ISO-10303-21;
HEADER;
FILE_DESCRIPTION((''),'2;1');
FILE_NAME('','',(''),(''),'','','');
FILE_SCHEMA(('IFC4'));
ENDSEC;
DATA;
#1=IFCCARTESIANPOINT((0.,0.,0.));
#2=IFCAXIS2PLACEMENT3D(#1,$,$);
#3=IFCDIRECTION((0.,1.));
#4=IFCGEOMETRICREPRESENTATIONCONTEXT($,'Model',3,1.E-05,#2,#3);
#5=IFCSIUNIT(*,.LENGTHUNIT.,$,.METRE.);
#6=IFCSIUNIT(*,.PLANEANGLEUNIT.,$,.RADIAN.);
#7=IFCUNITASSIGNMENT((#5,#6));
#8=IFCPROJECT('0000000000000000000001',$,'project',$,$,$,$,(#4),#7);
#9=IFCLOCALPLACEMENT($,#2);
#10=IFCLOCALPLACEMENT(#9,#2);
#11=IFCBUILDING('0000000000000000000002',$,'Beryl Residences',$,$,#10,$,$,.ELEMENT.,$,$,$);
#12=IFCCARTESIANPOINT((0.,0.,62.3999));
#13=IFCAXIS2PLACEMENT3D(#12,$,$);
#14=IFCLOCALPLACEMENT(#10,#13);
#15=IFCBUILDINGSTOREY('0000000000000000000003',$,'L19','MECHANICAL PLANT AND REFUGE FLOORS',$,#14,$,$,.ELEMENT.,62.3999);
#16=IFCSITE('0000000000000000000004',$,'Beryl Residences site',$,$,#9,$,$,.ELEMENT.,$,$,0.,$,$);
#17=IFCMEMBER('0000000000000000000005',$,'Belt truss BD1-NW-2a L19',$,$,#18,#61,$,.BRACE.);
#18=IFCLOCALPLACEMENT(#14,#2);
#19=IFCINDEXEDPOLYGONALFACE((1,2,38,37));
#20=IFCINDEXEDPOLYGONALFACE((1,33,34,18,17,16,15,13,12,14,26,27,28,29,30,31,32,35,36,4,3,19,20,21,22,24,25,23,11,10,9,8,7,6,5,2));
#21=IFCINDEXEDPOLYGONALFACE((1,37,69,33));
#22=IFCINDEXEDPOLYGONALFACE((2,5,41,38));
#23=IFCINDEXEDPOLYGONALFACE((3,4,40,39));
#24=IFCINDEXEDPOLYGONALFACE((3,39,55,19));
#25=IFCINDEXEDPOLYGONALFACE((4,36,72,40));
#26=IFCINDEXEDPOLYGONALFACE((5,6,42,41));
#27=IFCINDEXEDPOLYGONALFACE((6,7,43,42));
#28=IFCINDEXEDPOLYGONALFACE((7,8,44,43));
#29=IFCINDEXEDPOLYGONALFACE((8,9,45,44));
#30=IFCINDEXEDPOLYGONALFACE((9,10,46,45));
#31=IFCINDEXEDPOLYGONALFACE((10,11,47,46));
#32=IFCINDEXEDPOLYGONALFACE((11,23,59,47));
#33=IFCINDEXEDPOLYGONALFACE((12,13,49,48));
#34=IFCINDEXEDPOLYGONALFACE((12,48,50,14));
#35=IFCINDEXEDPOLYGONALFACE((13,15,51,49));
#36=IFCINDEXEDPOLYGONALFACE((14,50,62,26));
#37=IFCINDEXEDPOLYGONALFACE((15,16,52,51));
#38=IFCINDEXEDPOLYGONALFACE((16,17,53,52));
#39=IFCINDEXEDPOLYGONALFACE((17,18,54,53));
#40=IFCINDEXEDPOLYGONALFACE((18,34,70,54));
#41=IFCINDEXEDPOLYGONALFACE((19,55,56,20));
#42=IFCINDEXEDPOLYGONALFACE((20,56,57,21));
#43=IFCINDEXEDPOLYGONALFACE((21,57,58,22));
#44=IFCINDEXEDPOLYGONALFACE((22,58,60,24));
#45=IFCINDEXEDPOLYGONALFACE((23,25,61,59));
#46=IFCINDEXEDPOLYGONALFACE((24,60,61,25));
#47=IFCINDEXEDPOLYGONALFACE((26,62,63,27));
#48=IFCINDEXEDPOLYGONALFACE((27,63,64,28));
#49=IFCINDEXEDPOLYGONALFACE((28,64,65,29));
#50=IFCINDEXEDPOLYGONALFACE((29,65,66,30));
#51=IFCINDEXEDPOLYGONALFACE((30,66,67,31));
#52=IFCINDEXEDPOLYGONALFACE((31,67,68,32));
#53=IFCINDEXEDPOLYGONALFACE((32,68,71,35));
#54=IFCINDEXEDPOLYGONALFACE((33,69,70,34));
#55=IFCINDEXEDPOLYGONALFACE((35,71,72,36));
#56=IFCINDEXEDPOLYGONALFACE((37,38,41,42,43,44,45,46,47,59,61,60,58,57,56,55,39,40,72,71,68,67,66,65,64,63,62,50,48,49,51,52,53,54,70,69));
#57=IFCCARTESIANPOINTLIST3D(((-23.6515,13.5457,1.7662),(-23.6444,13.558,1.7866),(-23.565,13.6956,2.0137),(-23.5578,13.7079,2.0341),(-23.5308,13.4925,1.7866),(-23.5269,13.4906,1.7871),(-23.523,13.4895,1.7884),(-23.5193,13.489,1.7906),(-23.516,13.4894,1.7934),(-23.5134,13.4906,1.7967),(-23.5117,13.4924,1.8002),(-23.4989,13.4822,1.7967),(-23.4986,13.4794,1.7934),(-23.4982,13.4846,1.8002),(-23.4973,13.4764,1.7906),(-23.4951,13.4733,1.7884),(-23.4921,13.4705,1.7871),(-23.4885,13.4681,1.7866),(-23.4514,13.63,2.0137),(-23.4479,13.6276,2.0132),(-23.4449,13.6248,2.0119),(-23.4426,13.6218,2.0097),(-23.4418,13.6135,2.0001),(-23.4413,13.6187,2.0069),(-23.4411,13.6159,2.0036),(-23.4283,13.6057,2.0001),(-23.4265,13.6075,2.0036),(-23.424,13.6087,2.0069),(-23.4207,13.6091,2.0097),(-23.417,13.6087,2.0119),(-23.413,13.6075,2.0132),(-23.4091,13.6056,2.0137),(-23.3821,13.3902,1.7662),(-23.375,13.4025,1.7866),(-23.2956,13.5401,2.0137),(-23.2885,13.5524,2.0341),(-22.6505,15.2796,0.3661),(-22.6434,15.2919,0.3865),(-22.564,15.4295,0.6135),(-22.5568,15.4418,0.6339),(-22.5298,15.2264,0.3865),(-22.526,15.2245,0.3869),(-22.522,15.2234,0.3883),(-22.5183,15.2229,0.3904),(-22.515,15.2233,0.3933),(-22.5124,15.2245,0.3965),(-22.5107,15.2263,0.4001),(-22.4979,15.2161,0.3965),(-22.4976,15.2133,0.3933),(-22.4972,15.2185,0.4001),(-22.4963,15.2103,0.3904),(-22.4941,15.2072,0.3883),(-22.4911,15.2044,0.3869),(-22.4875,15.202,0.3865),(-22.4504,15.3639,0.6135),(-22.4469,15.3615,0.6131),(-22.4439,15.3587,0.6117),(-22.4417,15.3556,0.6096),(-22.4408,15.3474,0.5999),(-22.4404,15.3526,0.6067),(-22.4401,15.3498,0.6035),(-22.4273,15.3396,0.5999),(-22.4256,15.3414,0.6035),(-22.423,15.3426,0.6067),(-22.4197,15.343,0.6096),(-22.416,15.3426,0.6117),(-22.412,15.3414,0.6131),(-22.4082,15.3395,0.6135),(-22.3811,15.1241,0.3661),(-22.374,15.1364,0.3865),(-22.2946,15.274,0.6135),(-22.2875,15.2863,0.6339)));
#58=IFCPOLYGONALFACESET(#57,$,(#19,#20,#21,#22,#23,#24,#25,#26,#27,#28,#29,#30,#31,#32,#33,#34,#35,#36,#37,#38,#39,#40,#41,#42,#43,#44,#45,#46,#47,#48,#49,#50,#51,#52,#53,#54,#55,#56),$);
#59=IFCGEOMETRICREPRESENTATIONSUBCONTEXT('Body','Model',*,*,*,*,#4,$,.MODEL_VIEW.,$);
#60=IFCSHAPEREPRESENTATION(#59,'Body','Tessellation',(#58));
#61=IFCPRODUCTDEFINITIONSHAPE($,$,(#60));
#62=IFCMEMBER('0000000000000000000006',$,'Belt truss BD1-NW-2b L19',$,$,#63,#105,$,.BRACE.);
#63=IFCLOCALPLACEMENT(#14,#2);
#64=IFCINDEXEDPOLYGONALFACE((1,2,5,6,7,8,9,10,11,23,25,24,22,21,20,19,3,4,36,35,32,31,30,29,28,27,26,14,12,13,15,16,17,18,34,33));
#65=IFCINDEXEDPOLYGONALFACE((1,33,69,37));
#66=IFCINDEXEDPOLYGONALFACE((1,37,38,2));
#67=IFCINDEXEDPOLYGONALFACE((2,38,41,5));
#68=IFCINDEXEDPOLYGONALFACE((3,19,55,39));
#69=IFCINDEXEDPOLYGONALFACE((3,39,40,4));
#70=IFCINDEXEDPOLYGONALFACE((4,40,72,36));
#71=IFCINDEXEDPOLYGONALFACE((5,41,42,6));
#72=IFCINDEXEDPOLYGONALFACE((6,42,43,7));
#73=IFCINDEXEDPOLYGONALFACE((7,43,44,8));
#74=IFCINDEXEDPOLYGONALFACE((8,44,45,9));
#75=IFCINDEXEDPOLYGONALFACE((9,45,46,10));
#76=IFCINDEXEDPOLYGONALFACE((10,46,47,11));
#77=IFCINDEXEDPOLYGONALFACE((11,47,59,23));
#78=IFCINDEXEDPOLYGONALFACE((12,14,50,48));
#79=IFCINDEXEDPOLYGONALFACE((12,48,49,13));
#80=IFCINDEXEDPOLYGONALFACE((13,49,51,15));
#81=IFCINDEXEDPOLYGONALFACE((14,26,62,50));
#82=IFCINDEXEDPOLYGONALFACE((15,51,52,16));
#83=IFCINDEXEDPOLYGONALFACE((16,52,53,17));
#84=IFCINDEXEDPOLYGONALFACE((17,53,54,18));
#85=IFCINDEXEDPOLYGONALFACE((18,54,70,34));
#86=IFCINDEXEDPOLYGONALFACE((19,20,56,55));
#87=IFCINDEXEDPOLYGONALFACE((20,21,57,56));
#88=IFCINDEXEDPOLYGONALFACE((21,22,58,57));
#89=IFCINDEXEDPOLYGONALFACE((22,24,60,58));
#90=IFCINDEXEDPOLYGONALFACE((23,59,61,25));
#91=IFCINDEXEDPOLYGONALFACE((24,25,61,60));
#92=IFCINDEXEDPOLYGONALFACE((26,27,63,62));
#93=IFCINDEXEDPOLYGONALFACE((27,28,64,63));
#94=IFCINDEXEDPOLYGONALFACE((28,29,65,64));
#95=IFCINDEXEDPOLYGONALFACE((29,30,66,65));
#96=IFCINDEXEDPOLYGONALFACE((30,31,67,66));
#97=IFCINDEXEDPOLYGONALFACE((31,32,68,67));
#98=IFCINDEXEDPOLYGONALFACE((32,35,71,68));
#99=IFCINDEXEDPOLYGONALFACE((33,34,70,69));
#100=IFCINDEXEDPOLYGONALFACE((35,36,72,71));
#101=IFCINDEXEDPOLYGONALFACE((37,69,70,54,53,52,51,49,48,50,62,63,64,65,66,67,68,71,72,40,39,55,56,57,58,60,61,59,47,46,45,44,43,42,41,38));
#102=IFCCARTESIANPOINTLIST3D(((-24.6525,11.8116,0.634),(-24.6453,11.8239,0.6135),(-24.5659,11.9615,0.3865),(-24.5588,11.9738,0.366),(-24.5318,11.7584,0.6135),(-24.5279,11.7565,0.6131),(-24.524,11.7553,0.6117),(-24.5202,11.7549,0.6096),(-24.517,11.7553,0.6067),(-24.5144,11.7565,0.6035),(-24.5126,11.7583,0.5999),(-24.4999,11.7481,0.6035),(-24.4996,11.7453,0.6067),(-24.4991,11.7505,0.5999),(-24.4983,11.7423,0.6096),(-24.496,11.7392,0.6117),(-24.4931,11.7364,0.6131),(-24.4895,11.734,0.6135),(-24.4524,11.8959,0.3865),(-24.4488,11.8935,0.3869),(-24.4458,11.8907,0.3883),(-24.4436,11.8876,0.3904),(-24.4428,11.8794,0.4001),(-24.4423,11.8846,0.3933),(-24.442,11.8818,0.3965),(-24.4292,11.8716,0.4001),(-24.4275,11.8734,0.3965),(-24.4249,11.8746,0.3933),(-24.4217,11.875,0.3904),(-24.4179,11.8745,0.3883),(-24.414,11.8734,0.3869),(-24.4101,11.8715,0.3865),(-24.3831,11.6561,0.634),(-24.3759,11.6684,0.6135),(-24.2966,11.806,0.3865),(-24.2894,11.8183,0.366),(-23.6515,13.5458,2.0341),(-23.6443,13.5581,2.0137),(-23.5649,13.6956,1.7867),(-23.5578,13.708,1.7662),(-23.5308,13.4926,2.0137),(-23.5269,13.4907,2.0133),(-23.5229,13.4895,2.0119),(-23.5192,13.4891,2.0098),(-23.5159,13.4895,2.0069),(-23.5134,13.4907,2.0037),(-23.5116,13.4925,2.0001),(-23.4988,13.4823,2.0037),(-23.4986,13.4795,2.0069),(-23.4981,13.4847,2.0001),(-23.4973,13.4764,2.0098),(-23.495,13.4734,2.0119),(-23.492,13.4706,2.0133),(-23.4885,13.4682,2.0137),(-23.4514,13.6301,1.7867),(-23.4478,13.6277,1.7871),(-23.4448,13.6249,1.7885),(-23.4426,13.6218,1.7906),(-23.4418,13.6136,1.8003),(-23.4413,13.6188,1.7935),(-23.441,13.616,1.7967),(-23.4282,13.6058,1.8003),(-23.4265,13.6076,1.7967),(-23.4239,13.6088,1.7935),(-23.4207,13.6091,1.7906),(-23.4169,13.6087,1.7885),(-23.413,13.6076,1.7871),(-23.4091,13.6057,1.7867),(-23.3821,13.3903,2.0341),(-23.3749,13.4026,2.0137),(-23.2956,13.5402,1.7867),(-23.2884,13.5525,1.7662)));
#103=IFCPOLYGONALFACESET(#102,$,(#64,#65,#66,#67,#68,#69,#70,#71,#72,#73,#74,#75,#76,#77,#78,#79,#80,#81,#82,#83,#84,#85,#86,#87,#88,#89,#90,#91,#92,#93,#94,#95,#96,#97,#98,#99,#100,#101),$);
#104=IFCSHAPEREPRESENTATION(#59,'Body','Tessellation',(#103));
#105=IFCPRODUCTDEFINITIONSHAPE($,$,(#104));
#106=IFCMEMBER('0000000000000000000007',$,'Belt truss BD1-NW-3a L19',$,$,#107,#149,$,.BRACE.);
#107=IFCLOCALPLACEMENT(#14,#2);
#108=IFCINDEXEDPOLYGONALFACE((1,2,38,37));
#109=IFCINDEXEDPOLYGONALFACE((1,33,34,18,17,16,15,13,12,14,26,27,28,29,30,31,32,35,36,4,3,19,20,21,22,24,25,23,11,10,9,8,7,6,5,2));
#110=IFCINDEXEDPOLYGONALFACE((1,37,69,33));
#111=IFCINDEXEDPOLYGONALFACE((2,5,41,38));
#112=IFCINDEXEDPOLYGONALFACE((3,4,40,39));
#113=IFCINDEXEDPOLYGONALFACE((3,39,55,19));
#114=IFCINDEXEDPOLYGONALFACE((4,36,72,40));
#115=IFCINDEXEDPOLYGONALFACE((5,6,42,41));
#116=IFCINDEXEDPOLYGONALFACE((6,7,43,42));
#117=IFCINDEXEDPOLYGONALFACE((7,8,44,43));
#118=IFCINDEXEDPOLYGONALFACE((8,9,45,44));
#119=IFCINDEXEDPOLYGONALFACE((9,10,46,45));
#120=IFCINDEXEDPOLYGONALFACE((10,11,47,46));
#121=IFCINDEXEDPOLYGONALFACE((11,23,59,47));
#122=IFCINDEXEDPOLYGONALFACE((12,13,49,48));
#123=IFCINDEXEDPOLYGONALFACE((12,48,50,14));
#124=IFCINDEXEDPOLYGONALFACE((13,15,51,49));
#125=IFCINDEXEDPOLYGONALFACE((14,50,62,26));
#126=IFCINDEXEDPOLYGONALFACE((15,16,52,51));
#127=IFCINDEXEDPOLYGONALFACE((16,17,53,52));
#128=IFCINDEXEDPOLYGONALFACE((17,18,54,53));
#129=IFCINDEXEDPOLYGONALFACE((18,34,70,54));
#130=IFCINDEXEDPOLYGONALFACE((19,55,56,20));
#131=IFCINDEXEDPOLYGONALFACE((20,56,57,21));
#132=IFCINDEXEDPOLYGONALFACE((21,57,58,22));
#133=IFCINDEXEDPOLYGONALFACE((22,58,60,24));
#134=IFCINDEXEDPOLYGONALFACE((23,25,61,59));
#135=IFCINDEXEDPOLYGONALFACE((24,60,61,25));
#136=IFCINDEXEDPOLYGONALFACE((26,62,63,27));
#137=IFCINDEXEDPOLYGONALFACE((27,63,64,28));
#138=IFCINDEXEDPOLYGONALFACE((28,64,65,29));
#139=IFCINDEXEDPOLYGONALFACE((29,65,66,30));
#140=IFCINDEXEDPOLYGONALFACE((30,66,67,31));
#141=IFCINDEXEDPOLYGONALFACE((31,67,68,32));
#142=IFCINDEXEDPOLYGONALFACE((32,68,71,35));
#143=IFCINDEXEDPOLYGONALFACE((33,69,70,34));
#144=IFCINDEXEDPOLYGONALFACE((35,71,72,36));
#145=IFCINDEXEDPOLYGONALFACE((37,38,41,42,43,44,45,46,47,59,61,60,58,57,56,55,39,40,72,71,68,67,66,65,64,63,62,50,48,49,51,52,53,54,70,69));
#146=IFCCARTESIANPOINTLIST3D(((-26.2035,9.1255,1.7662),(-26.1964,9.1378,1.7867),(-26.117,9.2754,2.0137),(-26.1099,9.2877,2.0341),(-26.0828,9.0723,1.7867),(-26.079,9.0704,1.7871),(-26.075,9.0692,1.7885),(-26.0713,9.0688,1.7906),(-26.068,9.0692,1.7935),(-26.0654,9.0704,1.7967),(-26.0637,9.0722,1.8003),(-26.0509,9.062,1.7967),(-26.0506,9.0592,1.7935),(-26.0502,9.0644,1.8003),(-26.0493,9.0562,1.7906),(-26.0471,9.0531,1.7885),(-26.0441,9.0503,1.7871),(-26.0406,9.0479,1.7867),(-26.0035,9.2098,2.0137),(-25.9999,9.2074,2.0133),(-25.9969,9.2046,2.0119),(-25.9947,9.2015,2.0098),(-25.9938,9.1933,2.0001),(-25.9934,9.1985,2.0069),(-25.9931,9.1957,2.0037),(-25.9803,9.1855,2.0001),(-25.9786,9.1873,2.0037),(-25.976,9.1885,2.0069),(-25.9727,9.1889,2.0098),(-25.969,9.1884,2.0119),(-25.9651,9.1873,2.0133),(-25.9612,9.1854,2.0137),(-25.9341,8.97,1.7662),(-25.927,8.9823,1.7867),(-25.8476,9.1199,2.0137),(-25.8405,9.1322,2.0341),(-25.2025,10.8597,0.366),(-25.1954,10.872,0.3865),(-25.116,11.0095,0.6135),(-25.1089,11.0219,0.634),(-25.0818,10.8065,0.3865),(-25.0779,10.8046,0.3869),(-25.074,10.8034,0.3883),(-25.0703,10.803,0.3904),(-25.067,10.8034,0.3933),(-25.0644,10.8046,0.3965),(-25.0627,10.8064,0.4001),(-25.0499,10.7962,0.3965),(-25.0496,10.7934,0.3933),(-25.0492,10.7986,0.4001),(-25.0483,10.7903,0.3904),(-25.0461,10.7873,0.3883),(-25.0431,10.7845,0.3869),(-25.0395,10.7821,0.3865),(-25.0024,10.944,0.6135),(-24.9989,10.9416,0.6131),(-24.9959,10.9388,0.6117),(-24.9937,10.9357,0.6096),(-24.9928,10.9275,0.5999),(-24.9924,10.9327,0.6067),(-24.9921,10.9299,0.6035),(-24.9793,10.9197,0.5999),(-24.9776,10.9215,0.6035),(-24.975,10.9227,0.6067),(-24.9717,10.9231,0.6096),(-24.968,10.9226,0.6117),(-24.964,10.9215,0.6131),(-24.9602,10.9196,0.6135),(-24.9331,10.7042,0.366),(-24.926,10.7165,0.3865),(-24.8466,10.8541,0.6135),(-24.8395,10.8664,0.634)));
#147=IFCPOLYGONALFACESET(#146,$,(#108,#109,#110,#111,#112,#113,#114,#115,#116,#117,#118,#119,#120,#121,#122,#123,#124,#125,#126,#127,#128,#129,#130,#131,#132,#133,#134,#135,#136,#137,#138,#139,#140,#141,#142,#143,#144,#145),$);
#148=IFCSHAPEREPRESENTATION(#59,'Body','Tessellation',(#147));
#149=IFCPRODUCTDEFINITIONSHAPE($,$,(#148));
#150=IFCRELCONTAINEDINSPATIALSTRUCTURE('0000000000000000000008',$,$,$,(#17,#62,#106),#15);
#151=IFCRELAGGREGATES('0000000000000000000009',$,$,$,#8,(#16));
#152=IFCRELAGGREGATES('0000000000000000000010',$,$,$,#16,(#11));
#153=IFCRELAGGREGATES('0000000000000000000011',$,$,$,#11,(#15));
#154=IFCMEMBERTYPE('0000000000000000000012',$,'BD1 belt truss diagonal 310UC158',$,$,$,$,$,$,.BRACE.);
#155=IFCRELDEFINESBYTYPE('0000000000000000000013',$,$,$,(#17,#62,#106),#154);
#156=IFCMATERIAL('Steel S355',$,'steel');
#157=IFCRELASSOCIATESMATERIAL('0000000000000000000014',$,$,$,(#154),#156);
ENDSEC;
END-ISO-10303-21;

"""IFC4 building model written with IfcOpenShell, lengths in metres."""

from ifc_helpers import new_model, si_unit, direction, frame, origin, origin_2d, place, context, subcontext, project, spatial, i_section, extrude, material, material_profile, profile_set, type_object, element, save


model = new_model("IFC4")

# Units and contexts
model_context = context("Model", 3, precision=1e-05, world=origin(), true_north=direction((0.0, 1.0)))
body_context = subcontext(model_context, "Body", "Model", "MODEL_VIEW")
ifc_project = project(units=[si_unit("LENGTHUNIT", "METRE"), si_unit("PLANEANGLEUNIT", "RADIAN")], contexts=[model_context])

# Site, building, storey
site_placement = place(None, origin())
site = spatial("IfcSite", under=ifc_project, at=site_placement, Name="Beryl Residences site", CompositionType="ELEMENT", RefElevation=0.0)
building_placement = place(site_placement, origin())
building = spatial("IfcBuilding", under=site, at=building_placement, Name="Beryl Residences", CompositionType="ELEMENT")
storey_placement = place(building_placement, frame((0.0, 0.0, 62.3999)))
storey = spatial("IfcBuildingStorey", under=building, at=storey_placement, Name="L19", Description="MECHANICAL PLANT AND REFUGE FLOORS", CompositionType="ELEMENT", Elevation=62.3999)

# Members
ifc_material_1 = material(Name="Steel S355", Category="steel")
ifc_material_profile_1 = material_profile(ifc_material_1, i_section(OverallWidth=0.311, OverallDepth=0.3269, WebThickness=0.0156, FlangeThickness=0.0249, FilletRadius=0.0166, at=origin_2d()))
ifc_profile_set_1 = profile_set([ifc_material_profile_1], Name="Steel S355")
member_type_1 = type_object("IfcMemberType", Name="BD1 belt truss diagonal 310UC158", PredefinedType="BRACE", material=ifc_profile_set_1)
member_placement = place(storey_placement, frame((-22.469, 15.283, 0.5), z_axis=(-0.409716, -0.709708, 0.573103), x_axis=(0.866043, -0.499969, 0.0)))
element("IfcMember", 1, at=member_placement, inside=storey, type_object=member_type_1, Name="Belt truss BD1-NW-2a L19", PredefinedType="BRACE", context=body_context, shape_type="SweptSolid", body=[
    extrude(i_section(OverallWidth=0.311, OverallDepth=0.3269, WebThickness=0.0156, FlangeThickness=0.0249, FilletRadius=0.0166, at=origin_2d()), origin(), (0.0, 0.0, 1.0), 2.4431),
])
for number, where, z_axis, x_axis, name in (
    (2, (-24.4709, 11.8149, 0.5), (0.409687, 0.709758, 0.573062), (-0.866074, 0.499916, 0.0), "Belt truss BD1-NW-2b L19"),
    (3, (-25.021, 10.863, 0.5), (-0.409687, -0.709758, 0.573062), (0.866074, -0.499916, 0.0), "Belt truss BD1-NW-3a L19"),
):
    element("IfcMember", number, at=place(storey_placement, frame(where, z_axis=z_axis, x_axis=x_axis)), inside=storey, type_object=member_type_1, Name=name, PredefinedType="BRACE", context=body_context, shape_type="SweptSolid", body=[
        extrude(i_section(OverallWidth=0.311, OverallDepth=0.3269, WebThickness=0.0156, FlangeThickness=0.0249, FilletRadius=0.0166, at=origin_2d()), origin(), (0.0, 0.0, 1.0), 2.4434),
    ])

save(model, "model.ifc")
